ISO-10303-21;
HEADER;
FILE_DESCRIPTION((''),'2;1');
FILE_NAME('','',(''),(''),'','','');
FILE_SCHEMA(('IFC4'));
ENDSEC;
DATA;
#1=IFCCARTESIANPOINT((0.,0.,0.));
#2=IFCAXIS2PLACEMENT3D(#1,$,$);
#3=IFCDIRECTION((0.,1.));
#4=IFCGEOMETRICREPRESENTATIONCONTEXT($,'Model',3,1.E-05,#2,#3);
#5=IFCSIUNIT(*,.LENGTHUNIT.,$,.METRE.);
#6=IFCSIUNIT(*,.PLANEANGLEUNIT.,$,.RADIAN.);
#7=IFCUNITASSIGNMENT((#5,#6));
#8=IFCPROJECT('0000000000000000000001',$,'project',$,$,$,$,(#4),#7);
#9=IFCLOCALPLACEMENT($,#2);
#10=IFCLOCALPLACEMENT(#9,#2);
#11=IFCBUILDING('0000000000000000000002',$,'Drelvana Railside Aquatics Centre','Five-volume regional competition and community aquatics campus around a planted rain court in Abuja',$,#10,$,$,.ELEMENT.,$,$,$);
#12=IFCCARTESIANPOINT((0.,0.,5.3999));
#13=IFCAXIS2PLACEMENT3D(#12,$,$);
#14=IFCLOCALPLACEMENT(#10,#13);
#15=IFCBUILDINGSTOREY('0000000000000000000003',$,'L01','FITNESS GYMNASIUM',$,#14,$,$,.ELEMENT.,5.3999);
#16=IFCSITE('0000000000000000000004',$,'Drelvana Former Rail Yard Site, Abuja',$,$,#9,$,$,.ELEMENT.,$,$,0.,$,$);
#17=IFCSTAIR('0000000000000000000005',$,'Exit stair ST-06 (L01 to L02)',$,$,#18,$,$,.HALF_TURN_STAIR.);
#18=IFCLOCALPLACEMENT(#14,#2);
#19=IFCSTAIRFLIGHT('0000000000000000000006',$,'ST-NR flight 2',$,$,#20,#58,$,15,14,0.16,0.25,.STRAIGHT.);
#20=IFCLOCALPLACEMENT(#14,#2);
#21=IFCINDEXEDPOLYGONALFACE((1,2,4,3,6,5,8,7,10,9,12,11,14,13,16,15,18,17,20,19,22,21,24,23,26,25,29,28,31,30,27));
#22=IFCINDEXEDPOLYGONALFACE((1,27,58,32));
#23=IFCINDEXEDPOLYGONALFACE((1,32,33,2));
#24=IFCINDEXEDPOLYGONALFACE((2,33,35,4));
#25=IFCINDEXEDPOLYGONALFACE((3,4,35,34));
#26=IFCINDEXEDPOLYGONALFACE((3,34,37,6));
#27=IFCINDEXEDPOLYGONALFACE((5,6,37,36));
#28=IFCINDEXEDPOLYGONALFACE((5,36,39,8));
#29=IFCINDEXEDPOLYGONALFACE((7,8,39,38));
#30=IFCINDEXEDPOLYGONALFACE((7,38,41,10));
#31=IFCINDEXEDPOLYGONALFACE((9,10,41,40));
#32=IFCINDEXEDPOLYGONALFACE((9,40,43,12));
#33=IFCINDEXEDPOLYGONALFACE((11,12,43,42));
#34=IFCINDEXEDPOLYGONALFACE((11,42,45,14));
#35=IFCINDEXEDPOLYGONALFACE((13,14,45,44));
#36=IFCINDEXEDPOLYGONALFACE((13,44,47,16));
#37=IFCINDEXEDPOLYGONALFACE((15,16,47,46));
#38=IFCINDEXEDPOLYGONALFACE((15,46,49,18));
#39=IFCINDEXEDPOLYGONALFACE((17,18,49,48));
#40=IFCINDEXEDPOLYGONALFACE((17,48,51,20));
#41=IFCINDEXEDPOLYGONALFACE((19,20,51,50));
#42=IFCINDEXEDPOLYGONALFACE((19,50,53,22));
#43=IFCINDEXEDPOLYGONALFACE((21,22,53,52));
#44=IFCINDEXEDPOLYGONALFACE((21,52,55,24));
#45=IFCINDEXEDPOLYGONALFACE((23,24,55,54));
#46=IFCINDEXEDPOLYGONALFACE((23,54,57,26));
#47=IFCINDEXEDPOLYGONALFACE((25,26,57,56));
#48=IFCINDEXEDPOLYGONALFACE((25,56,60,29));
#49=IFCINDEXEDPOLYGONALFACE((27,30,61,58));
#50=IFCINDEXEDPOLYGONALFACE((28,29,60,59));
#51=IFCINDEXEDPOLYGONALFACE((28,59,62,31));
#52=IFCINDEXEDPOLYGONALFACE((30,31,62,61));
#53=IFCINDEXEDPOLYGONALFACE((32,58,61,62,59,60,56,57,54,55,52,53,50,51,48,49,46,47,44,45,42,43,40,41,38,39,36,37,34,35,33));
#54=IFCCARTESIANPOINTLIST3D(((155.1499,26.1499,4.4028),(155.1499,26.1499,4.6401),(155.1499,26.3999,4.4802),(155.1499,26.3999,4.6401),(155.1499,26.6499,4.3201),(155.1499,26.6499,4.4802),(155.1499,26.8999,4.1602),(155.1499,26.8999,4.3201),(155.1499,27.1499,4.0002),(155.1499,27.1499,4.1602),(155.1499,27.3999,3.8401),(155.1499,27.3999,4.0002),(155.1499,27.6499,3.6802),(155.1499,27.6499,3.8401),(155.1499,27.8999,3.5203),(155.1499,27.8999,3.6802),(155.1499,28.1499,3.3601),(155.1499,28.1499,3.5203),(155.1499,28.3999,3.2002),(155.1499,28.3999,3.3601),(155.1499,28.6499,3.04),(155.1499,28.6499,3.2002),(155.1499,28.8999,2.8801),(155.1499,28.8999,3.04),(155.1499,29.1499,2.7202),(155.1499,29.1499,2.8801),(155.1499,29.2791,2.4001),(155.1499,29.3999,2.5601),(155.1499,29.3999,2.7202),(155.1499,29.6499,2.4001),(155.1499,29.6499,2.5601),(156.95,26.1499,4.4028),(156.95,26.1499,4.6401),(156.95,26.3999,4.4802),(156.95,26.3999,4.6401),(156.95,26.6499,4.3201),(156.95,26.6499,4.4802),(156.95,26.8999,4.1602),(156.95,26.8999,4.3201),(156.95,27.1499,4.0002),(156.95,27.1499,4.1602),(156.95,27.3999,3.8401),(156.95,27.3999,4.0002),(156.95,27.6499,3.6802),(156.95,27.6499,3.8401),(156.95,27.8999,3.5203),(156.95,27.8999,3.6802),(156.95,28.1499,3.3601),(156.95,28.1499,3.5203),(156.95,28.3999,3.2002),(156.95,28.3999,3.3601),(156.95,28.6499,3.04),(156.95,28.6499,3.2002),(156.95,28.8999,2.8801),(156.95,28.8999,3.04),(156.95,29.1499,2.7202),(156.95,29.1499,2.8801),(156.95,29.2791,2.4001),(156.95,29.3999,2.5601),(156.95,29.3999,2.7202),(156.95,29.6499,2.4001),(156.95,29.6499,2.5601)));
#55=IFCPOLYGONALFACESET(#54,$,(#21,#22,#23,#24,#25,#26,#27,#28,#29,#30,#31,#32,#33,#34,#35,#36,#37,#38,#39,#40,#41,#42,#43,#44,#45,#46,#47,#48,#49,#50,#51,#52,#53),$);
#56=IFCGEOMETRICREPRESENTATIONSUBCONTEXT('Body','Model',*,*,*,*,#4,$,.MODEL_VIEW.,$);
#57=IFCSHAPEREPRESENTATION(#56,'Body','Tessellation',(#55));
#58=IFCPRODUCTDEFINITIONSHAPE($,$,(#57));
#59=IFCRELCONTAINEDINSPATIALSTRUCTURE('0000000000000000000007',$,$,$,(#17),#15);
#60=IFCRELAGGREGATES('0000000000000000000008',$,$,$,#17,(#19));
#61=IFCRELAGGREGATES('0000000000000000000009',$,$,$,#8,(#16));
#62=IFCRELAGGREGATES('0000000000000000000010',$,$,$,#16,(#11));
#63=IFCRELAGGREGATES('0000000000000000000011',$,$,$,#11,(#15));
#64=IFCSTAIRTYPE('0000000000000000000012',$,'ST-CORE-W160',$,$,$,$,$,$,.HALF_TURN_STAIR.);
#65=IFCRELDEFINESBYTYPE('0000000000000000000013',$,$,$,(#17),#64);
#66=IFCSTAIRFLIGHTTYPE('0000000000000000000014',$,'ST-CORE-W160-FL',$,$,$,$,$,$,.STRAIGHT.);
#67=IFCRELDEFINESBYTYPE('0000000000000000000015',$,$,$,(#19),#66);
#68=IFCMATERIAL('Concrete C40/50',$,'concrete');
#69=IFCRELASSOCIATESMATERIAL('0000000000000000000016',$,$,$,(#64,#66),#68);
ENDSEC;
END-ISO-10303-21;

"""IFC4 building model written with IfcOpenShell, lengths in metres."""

from ifc_helpers import new_model, si_unit, direction, frame, origin, place, context, subcontext, project, spatial, polyline, outline, extrude, material, type_object, element, aggregate, save


model = new_model("IFC4")

# Units and contexts
model_context = context("Model", 3, precision=1e-05, world=origin(), true_north=direction((0.0, 1.0)))
body_context = subcontext(model_context, "Body", "Model", "MODEL_VIEW")
ifc_project = project(units=[si_unit("LENGTHUNIT", "METRE"), si_unit("PLANEANGLEUNIT", "RADIAN")], contexts=[model_context])

# Site, building, storey
site_placement = place(None, origin())
site = spatial("IfcSite", under=ifc_project, at=site_placement, Name="Drelvana Former Rail Yard Site, Abuja", CompositionType="ELEMENT", RefElevation=0.0)
building_placement = place(site_placement, origin())
building = spatial("IfcBuilding", under=site, at=building_placement, Name="Drelvana Railside Aquatics Centre", Description="Five-volume regional competition and community aquatics campus around a planted rain court in Abuja", CompositionType="ELEMENT")
storey_placement = place(building_placement, frame((0.0, 0.0, 5.3999)))
storey = spatial("IfcBuildingStorey", under=building, at=storey_placement, Name="L01", Description="FITNESS GYMNASIUM", CompositionType="ELEMENT", Elevation=5.3999)

# Shared definitions
ifc_material_1 = material(Name="Concrete C40/50", Category="concrete")

# Stair, stair flight
stair_type = type_object("IfcStairType", Name="ST-CORE-W160", PredefinedType="HALF_TURN_STAIR", material=ifc_material_1)
stair_placement = place(storey_placement, origin())
stair = element("IfcStair", 1, at=stair_placement, inside=storey, type_object=stair_type, Name="Exit stair ST-06 (L01 to L02)", PredefinedType="HALF_TURN_STAIR")
stair_flight_type = type_object("IfcStairFlightType", Name="ST-CORE-W160-FL", PredefinedType="STRAIGHT", material=ifc_material_1)
stair_flight_1_placement = place(storey_placement, frame((156.05, 29.6499, 2.4001), z_axis=(0.0, 0.0, 1.0), x_axis=(0.0, -1.0, 0.0)))
stair_flight_1 = element("IfcStairFlight", 2, at=stair_flight_1_placement, type_object=stair_flight_type, Name="ST-NR flight 2", NumberOfRisers=15, NumberOfTreads=14, PredefinedType="STRAIGHT", RiserHeight=0.16, TreadLength=0.25, context=body_context, shape_type="SweptSolid", body=[
    extrude(outline(polyline([(0.0, 0.0), (0.0, 0.1599), (0.25, 0.1599), (0.25, 0.3201), (0.5, 0.3201), (0.5, 0.48), (0.75, 0.48), (0.75, 0.6399), (1.0, 0.6399), (1.0, 0.8), (1.25, 0.8), (1.25, 0.96), (1.5, 0.96), (1.5, 1.1201), (1.75, 1.1201), (1.75, 1.28), (2.0, 1.28), (2.0, 1.4399), (2.25, 1.4399), (2.25, 1.6001), (2.5, 1.6001), (2.5, 1.76), (2.75, 1.76), (2.75, 1.9199), (3.0, 1.9199), (3.0, 2.0801), (3.25, 2.0801), (3.25, 2.24), (3.5, 2.24), (3.5, 2.3999), (3.5, 2.0027), (0.3708, 0.0), (0.0, 0.0)])), frame((0.0, 0.8999, 0.0), z_axis=(0.0, -1.0, 0.0), x_axis=(1.0, 0.0, 0.0)), (0.0, 0.0, 1.0), 1.8),
])
aggregate(stair, [stair_flight_1])

save(model, "model.ifc")
